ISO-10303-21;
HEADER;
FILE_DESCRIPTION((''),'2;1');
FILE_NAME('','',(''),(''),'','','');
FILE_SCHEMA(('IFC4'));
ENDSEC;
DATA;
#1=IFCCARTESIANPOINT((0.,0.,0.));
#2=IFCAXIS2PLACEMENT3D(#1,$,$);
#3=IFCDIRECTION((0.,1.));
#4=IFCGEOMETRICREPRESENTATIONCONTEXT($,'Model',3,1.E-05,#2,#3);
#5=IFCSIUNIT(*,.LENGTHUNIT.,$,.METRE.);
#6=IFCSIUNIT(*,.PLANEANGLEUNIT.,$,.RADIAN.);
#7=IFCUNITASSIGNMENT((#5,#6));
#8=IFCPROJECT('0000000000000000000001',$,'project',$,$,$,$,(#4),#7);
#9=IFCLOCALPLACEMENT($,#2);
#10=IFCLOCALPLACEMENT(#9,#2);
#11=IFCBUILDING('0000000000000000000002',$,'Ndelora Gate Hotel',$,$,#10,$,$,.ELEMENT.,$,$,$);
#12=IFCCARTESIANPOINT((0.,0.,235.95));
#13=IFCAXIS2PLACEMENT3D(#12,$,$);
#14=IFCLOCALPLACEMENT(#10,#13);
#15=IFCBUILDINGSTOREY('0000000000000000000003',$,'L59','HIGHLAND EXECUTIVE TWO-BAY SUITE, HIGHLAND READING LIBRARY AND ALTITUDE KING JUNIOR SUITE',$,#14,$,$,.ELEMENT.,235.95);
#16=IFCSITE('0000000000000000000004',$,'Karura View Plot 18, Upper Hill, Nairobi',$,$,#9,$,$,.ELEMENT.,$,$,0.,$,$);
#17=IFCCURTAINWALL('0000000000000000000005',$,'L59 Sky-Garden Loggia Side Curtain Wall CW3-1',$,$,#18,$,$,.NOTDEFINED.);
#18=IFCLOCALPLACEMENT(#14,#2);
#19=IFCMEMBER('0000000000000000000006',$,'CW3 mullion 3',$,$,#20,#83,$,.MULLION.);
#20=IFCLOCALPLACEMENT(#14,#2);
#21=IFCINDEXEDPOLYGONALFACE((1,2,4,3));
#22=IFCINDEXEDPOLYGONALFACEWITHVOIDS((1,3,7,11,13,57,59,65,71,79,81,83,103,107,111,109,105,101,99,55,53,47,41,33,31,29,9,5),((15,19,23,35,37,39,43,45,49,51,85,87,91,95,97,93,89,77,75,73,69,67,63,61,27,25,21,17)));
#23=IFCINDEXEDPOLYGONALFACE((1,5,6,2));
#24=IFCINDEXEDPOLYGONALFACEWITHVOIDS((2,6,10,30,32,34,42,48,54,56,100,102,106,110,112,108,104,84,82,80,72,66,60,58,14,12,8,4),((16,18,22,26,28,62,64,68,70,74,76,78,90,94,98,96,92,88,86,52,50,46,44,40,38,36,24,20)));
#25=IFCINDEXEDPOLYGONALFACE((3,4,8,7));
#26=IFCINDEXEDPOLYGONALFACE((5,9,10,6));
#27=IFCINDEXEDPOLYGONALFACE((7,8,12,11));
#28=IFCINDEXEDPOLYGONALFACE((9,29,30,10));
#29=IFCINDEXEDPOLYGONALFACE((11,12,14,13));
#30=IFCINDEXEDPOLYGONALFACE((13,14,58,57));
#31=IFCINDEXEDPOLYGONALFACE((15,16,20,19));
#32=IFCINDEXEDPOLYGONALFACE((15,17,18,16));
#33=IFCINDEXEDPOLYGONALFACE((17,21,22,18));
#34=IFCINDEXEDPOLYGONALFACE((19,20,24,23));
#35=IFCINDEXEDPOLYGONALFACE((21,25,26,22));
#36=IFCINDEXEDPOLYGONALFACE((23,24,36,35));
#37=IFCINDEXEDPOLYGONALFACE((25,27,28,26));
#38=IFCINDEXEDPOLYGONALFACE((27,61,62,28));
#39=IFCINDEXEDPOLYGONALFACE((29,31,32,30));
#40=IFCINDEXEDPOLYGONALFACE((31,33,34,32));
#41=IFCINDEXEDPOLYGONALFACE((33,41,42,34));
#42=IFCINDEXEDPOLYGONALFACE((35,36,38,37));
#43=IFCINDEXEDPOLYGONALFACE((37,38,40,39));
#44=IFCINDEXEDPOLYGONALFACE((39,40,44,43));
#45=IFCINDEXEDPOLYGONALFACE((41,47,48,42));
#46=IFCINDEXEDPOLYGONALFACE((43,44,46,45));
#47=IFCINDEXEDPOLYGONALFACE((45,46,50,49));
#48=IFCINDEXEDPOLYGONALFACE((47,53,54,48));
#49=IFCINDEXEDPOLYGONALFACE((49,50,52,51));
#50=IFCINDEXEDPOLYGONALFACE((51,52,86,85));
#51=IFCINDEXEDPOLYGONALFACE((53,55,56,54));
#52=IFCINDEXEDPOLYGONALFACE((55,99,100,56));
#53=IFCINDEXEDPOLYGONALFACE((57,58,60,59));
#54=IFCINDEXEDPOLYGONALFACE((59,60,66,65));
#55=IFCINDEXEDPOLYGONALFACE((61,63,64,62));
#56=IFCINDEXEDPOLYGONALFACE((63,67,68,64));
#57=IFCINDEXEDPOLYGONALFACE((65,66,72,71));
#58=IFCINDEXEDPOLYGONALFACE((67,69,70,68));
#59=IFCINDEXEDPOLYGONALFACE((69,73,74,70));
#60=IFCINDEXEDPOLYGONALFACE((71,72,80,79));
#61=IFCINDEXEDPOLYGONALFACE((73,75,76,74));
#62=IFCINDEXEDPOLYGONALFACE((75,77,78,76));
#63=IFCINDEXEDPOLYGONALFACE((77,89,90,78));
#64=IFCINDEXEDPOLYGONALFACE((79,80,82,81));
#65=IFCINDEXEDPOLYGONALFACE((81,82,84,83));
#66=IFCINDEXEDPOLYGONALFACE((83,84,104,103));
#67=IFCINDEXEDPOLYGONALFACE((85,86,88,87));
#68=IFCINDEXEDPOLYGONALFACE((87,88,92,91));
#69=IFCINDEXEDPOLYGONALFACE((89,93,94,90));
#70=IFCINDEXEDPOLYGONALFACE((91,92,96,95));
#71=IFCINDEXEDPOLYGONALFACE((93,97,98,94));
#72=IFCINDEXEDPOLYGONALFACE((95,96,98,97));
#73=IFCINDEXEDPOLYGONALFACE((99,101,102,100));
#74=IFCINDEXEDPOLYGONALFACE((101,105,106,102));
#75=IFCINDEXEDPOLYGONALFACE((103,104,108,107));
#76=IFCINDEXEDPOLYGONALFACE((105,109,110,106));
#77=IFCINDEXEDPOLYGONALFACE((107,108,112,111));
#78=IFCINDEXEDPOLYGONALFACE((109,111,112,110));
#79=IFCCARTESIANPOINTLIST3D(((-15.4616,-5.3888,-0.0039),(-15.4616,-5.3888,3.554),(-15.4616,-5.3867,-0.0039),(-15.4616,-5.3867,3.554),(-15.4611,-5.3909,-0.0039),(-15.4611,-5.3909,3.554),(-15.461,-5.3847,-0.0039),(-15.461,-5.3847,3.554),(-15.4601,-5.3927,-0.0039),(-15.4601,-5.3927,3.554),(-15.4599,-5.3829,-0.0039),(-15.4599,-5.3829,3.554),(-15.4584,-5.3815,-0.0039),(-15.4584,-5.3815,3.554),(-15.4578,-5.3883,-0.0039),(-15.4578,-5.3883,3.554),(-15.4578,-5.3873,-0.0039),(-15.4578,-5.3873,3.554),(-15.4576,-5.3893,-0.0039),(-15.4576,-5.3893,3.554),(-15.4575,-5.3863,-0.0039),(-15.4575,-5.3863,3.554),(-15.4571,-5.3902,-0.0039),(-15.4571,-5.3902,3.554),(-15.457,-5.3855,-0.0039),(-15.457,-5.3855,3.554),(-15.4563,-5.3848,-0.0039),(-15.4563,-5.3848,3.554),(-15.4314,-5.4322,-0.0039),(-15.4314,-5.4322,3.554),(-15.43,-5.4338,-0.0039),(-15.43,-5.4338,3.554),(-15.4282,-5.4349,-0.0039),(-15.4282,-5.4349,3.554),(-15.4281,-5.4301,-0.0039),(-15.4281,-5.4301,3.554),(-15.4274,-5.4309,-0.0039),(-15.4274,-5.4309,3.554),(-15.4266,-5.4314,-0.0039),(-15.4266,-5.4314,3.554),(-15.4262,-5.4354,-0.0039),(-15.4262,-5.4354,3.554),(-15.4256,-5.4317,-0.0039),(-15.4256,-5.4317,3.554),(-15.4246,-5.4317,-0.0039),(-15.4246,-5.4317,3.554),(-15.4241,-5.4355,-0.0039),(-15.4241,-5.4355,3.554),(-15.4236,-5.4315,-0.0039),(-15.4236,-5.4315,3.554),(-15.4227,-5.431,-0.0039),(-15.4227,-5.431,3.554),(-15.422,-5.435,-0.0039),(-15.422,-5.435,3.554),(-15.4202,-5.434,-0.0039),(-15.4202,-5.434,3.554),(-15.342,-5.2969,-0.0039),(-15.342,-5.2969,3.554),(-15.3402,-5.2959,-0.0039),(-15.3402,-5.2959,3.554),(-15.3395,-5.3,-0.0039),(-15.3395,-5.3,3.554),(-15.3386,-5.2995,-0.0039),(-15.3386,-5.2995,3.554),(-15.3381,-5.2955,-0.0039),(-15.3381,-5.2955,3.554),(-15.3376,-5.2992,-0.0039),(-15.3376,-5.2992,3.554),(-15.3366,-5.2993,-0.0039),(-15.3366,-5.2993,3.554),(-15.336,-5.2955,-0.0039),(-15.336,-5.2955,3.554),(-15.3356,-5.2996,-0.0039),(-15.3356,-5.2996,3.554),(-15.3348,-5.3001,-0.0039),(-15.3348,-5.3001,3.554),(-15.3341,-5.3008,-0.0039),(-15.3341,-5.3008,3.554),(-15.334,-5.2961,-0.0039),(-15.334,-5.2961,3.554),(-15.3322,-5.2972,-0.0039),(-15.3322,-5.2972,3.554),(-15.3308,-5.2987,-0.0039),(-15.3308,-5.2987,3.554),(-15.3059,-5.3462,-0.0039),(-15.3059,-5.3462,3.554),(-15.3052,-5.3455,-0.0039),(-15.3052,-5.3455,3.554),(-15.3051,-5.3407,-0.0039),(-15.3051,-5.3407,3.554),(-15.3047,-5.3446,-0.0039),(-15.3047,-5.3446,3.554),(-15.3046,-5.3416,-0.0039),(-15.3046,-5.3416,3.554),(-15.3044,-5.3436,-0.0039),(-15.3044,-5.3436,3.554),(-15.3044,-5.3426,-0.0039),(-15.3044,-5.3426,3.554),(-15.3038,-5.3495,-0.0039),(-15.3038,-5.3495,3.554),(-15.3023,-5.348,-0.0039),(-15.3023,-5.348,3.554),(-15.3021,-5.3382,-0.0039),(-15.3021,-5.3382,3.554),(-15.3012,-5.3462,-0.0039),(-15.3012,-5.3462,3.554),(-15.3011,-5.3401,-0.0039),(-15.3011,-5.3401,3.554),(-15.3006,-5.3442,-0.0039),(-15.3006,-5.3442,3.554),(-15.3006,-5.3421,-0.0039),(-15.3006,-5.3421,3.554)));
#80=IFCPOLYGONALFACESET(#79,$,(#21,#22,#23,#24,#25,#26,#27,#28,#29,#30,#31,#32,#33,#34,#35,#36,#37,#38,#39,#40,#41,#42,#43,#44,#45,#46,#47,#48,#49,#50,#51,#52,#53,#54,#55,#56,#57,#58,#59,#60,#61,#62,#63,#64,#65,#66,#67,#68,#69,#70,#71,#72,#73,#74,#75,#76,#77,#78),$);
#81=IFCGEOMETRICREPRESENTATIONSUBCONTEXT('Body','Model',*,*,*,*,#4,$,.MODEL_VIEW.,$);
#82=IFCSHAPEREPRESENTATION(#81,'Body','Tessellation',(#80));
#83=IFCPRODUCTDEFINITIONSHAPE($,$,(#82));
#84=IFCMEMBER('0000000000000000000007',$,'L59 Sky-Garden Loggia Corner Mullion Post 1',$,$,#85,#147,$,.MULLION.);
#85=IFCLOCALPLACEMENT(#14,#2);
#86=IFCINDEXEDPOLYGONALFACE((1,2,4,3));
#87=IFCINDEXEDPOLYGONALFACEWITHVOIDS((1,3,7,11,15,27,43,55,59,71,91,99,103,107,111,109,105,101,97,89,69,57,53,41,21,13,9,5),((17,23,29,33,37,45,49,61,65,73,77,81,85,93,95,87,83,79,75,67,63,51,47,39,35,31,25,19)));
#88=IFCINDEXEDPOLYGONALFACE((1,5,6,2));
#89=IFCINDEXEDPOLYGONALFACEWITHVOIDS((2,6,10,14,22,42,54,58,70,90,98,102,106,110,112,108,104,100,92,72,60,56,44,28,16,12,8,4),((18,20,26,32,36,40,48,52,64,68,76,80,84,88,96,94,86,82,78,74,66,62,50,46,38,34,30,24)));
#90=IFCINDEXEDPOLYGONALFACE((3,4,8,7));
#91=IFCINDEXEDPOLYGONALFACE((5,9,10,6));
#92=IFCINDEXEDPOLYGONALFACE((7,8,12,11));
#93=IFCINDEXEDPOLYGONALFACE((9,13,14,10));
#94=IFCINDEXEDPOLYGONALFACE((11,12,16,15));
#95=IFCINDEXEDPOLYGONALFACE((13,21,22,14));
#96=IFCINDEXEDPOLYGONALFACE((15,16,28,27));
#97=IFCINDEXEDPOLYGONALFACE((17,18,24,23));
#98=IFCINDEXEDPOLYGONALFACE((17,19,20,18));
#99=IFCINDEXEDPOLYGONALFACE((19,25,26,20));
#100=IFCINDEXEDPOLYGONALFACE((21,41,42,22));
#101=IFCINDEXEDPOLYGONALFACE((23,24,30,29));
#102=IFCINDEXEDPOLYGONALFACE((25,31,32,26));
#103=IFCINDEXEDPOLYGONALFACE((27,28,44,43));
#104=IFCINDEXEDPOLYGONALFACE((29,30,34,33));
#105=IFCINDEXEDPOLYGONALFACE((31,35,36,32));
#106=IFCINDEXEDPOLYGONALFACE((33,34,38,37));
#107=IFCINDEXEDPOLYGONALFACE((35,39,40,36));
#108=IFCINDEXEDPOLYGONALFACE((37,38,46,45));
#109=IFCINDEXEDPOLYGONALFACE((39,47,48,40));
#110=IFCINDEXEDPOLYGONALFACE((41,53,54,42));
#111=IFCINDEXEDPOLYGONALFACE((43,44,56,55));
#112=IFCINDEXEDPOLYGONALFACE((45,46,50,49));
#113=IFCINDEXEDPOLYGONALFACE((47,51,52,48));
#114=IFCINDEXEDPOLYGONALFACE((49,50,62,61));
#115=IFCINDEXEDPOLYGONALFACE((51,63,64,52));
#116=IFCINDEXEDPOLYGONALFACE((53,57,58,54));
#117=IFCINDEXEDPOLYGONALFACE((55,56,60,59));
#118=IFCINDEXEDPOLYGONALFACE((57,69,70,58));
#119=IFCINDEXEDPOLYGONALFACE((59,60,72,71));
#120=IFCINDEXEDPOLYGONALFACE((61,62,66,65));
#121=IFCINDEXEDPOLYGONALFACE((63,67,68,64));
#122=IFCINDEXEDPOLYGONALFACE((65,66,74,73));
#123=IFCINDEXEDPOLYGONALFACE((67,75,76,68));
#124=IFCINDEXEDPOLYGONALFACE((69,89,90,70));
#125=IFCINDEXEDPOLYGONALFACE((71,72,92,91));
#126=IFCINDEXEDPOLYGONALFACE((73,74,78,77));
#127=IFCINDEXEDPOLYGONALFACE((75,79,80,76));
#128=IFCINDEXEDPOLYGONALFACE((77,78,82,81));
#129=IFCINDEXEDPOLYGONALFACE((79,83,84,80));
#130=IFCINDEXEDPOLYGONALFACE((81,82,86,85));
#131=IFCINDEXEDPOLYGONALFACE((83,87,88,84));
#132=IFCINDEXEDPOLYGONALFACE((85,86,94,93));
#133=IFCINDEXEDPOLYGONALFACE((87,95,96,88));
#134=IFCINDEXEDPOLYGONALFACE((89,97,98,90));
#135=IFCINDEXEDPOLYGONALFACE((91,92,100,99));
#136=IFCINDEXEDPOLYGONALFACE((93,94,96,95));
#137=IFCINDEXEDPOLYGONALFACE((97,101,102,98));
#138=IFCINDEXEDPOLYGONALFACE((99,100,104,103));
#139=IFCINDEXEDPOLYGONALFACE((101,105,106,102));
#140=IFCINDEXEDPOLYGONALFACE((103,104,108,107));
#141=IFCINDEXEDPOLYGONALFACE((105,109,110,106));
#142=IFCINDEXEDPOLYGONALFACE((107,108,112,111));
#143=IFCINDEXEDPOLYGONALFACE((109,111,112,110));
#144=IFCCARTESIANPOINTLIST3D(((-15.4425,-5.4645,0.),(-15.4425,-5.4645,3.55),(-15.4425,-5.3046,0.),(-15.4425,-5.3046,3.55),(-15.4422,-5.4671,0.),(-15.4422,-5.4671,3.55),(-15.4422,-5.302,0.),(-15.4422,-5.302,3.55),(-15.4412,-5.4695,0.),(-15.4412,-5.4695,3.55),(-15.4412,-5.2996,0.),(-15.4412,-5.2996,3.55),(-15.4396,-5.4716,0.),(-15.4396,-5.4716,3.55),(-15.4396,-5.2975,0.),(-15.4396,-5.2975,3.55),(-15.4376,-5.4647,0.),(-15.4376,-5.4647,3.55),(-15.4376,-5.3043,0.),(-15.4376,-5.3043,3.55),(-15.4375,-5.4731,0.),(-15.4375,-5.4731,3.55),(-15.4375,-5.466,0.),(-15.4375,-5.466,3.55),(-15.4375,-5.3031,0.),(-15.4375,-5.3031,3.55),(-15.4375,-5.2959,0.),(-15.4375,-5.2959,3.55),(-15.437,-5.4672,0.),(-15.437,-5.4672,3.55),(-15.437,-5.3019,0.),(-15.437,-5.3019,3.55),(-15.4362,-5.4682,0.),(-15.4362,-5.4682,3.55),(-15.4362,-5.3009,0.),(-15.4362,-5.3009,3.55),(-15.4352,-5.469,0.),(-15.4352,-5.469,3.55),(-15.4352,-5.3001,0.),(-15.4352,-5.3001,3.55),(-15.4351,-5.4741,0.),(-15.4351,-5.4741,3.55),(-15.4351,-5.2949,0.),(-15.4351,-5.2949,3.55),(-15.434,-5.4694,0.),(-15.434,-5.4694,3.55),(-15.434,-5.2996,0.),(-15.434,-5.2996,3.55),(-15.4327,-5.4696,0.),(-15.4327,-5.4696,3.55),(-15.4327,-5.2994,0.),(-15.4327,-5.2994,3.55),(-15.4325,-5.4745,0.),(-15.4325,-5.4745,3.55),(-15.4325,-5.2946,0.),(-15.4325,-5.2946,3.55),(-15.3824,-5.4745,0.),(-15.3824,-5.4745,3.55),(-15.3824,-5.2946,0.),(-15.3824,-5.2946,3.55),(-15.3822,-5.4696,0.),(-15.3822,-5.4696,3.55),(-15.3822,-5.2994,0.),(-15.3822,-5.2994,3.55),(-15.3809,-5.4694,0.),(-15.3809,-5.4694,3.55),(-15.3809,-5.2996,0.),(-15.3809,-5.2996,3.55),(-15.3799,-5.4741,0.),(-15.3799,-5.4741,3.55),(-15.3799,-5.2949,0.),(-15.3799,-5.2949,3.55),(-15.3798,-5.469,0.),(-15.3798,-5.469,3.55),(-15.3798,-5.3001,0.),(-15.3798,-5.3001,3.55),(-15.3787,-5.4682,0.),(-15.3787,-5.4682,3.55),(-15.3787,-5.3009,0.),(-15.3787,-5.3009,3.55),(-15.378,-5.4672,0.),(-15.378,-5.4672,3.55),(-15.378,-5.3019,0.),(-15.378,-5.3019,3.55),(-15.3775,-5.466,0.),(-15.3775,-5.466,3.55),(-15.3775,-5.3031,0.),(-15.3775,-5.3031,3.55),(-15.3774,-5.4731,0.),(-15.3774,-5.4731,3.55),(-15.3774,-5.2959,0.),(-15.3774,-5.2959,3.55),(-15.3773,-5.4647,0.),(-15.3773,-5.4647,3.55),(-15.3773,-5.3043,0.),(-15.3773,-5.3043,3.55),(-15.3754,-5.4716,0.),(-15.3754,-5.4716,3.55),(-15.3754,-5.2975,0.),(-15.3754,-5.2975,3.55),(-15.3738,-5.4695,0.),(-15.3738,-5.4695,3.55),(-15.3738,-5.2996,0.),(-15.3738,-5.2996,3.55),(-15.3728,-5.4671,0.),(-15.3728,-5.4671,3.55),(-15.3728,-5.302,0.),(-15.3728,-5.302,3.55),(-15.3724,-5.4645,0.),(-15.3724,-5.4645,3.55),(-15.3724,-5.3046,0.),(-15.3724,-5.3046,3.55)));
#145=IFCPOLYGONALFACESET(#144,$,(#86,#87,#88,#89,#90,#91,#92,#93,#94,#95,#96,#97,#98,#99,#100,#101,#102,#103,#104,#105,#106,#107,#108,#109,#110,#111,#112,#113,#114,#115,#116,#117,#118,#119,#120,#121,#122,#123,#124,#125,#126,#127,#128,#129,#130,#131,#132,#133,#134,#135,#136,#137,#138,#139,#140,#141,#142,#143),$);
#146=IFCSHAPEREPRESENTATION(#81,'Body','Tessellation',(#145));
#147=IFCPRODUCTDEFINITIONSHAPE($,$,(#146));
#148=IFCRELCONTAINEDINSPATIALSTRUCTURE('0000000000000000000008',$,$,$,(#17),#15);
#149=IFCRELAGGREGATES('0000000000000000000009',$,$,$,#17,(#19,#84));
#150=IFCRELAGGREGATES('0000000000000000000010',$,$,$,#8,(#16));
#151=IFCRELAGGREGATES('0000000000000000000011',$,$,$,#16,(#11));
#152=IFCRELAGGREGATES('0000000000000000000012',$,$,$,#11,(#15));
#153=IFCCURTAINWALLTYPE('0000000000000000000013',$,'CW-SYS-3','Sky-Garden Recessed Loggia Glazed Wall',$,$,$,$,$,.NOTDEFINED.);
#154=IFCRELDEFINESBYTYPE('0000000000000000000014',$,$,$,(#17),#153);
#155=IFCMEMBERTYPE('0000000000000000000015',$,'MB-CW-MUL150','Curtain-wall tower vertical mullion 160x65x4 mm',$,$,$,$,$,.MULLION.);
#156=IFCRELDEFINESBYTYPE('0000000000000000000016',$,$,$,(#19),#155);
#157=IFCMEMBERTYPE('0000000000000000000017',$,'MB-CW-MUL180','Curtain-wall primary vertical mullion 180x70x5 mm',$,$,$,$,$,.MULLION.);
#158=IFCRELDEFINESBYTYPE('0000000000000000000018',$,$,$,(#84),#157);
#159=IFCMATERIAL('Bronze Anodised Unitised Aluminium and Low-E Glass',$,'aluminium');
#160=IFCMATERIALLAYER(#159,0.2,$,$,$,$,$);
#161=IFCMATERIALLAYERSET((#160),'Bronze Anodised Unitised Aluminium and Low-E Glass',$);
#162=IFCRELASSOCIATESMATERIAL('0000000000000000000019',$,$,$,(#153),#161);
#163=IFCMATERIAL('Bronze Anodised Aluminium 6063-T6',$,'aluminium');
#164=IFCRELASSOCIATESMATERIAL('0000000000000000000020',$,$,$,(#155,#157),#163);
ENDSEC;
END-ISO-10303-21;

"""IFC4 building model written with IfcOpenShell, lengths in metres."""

from ifc_helpers import new_model, si_unit, direction, frame, origin, origin_2d, place, context, subcontext, project, spatial, hollow_rectangle, extrude, material, layer, layer_set, material_profile, profile_set, type_object, element, aggregate, save


model = new_model("IFC4")

# Units and contexts
model_context = context("Model", 3, precision=1e-05, world=origin(), true_north=direction((0.0, 1.0)))
body_context = subcontext(model_context, "Body", "Model", "MODEL_VIEW")
ifc_project = project(units=[si_unit("LENGTHUNIT", "METRE"), si_unit("PLANEANGLEUNIT", "RADIAN")], contexts=[model_context])

# Site, building, storey
site_placement = place(None, origin())
site = spatial("IfcSite", under=ifc_project, at=site_placement, Name="Karura View Plot 18, Upper Hill, Nairobi", CompositionType="ELEMENT", RefElevation=0.0)
building_placement = place(site_placement, origin())
building = spatial("IfcBuilding", under=site, at=building_placement, Name="Ndelora Gate Hotel", CompositionType="ELEMENT")
storey_placement = place(building_placement, frame((0.0, 0.0, 235.95)))
storey = spatial("IfcBuildingStorey", under=building, at=storey_placement, Name="L59", Description="HIGHLAND EXECUTIVE TWO-BAY SUITE, HIGHLAND READING LIBRARY AND ALTITUDE KING JUNIOR SUITE", CompositionType="ELEMENT", Elevation=235.95)

# Curtain wall, members
ifc_material_1 = material(Name="Bronze Anodised Unitised Aluminium and Low-E Glass", Category="aluminium")
ifc_layer_1 = layer(ifc_material_1, 0.2)
ifc_layer_set_1 = layer_set([ifc_layer_1], Name="Bronze Anodised Unitised Aluminium and Low-E Glass")
curtain_wall_type = type_object("IfcCurtainWallType", Name="CW-SYS-3", Description="Sky-Garden Recessed Loggia Glazed Wall", PredefinedType="NOTDEFINED", material=ifc_layer_set_1)
curtain_wall_placement = place(storey_placement, origin())
curtain_wall = element("IfcCurtainWall", 1, at=curtain_wall_placement, inside=storey, type_object=curtain_wall_type, Name="L59 Sky-Garden Loggia Side Curtain Wall CW3-1", PredefinedType="NOTDEFINED")
ifc_material_2 = material(Name="Bronze Anodised Aluminium 6063-T6", Category="aluminium")
ifc_material_profile_1 = material_profile(ifc_material_2, hollow_rectangle(XDim=0.0649, YDim=0.1599, WallThickness=0.0039, InnerFilletRadius=0.0039, OuterFilletRadius=0.0081, at=origin_2d()), Name="ALU 160x65x4")
ifc_profile_set_1 = profile_set([ifc_material_profile_1], Name="Bronze Anodised Aluminium 6063-T6")
member_type_1 = type_object("IfcMemberType", Name="MB-CW-MUL150", Description="Curtain-wall tower vertical mullion 160x65x4 mm", PredefinedType="MULLION", material=ifc_profile_set_1)
member_1_placement = place(storey_placement, frame((-15.3811, -5.3655, -0.0039), z_axis=(0.0, 0.0, 1.0), x_axis=(0.587785, -0.809017, 0.0)))
member_1 = element("IfcMember", 2, at=member_1_placement, type_object=member_type_1, Name="CW3 mullion 3", PredefinedType="MULLION", context=body_context, shape_type="SweptSolid", body=[
    extrude(hollow_rectangle(XDim=0.0649, YDim=0.1599, WallThickness=0.0039, InnerFilletRadius=0.0039, OuterFilletRadius=0.0081, at=origin_2d()), origin(), (0.0, 0.0, 1.0), 3.5579),
])
ifc_material_profile_2 = material_profile(ifc_material_2, hollow_rectangle(XDim=0.0701, YDim=0.1799, WallThickness=0.0049, InnerFilletRadius=0.0049, OuterFilletRadius=0.01, at=origin_2d()), Name="ALU 180x70x5")
ifc_profile_set_2 = profile_set([ifc_material_profile_2], Name="Bronze Anodised Aluminium 6063-T6")
member_type_2 = type_object("IfcMemberType", Name="MB-CW-MUL180", Description="Curtain-wall primary vertical mullion 180x70x5 mm", PredefinedType="MULLION", material=ifc_profile_set_2)
member_2_placement = place(storey_placement, frame((-15.4075, -5.3845, 0.0), z_axis=(0.0, 0.0, 1.0), x_axis=(1.0, 0.0, 0.0)))
member_2 = element("IfcMember", 3, at=member_2_placement, type_object=member_type_2, Name="L59 Sky-Garden Loggia Corner Mullion Post 1", PredefinedType="MULLION", context=body_context, shape_type="SweptSolid", body=[
    extrude(hollow_rectangle(XDim=0.0701, YDim=0.1799, WallThickness=0.0049, InnerFilletRadius=0.0049, OuterFilletRadius=0.01, at=origin_2d()), origin(), (0.0, 0.0, 1.0), 3.55),
])
aggregate(curtain_wall, [member_1, member_2])

save(model, "model.ifc")
